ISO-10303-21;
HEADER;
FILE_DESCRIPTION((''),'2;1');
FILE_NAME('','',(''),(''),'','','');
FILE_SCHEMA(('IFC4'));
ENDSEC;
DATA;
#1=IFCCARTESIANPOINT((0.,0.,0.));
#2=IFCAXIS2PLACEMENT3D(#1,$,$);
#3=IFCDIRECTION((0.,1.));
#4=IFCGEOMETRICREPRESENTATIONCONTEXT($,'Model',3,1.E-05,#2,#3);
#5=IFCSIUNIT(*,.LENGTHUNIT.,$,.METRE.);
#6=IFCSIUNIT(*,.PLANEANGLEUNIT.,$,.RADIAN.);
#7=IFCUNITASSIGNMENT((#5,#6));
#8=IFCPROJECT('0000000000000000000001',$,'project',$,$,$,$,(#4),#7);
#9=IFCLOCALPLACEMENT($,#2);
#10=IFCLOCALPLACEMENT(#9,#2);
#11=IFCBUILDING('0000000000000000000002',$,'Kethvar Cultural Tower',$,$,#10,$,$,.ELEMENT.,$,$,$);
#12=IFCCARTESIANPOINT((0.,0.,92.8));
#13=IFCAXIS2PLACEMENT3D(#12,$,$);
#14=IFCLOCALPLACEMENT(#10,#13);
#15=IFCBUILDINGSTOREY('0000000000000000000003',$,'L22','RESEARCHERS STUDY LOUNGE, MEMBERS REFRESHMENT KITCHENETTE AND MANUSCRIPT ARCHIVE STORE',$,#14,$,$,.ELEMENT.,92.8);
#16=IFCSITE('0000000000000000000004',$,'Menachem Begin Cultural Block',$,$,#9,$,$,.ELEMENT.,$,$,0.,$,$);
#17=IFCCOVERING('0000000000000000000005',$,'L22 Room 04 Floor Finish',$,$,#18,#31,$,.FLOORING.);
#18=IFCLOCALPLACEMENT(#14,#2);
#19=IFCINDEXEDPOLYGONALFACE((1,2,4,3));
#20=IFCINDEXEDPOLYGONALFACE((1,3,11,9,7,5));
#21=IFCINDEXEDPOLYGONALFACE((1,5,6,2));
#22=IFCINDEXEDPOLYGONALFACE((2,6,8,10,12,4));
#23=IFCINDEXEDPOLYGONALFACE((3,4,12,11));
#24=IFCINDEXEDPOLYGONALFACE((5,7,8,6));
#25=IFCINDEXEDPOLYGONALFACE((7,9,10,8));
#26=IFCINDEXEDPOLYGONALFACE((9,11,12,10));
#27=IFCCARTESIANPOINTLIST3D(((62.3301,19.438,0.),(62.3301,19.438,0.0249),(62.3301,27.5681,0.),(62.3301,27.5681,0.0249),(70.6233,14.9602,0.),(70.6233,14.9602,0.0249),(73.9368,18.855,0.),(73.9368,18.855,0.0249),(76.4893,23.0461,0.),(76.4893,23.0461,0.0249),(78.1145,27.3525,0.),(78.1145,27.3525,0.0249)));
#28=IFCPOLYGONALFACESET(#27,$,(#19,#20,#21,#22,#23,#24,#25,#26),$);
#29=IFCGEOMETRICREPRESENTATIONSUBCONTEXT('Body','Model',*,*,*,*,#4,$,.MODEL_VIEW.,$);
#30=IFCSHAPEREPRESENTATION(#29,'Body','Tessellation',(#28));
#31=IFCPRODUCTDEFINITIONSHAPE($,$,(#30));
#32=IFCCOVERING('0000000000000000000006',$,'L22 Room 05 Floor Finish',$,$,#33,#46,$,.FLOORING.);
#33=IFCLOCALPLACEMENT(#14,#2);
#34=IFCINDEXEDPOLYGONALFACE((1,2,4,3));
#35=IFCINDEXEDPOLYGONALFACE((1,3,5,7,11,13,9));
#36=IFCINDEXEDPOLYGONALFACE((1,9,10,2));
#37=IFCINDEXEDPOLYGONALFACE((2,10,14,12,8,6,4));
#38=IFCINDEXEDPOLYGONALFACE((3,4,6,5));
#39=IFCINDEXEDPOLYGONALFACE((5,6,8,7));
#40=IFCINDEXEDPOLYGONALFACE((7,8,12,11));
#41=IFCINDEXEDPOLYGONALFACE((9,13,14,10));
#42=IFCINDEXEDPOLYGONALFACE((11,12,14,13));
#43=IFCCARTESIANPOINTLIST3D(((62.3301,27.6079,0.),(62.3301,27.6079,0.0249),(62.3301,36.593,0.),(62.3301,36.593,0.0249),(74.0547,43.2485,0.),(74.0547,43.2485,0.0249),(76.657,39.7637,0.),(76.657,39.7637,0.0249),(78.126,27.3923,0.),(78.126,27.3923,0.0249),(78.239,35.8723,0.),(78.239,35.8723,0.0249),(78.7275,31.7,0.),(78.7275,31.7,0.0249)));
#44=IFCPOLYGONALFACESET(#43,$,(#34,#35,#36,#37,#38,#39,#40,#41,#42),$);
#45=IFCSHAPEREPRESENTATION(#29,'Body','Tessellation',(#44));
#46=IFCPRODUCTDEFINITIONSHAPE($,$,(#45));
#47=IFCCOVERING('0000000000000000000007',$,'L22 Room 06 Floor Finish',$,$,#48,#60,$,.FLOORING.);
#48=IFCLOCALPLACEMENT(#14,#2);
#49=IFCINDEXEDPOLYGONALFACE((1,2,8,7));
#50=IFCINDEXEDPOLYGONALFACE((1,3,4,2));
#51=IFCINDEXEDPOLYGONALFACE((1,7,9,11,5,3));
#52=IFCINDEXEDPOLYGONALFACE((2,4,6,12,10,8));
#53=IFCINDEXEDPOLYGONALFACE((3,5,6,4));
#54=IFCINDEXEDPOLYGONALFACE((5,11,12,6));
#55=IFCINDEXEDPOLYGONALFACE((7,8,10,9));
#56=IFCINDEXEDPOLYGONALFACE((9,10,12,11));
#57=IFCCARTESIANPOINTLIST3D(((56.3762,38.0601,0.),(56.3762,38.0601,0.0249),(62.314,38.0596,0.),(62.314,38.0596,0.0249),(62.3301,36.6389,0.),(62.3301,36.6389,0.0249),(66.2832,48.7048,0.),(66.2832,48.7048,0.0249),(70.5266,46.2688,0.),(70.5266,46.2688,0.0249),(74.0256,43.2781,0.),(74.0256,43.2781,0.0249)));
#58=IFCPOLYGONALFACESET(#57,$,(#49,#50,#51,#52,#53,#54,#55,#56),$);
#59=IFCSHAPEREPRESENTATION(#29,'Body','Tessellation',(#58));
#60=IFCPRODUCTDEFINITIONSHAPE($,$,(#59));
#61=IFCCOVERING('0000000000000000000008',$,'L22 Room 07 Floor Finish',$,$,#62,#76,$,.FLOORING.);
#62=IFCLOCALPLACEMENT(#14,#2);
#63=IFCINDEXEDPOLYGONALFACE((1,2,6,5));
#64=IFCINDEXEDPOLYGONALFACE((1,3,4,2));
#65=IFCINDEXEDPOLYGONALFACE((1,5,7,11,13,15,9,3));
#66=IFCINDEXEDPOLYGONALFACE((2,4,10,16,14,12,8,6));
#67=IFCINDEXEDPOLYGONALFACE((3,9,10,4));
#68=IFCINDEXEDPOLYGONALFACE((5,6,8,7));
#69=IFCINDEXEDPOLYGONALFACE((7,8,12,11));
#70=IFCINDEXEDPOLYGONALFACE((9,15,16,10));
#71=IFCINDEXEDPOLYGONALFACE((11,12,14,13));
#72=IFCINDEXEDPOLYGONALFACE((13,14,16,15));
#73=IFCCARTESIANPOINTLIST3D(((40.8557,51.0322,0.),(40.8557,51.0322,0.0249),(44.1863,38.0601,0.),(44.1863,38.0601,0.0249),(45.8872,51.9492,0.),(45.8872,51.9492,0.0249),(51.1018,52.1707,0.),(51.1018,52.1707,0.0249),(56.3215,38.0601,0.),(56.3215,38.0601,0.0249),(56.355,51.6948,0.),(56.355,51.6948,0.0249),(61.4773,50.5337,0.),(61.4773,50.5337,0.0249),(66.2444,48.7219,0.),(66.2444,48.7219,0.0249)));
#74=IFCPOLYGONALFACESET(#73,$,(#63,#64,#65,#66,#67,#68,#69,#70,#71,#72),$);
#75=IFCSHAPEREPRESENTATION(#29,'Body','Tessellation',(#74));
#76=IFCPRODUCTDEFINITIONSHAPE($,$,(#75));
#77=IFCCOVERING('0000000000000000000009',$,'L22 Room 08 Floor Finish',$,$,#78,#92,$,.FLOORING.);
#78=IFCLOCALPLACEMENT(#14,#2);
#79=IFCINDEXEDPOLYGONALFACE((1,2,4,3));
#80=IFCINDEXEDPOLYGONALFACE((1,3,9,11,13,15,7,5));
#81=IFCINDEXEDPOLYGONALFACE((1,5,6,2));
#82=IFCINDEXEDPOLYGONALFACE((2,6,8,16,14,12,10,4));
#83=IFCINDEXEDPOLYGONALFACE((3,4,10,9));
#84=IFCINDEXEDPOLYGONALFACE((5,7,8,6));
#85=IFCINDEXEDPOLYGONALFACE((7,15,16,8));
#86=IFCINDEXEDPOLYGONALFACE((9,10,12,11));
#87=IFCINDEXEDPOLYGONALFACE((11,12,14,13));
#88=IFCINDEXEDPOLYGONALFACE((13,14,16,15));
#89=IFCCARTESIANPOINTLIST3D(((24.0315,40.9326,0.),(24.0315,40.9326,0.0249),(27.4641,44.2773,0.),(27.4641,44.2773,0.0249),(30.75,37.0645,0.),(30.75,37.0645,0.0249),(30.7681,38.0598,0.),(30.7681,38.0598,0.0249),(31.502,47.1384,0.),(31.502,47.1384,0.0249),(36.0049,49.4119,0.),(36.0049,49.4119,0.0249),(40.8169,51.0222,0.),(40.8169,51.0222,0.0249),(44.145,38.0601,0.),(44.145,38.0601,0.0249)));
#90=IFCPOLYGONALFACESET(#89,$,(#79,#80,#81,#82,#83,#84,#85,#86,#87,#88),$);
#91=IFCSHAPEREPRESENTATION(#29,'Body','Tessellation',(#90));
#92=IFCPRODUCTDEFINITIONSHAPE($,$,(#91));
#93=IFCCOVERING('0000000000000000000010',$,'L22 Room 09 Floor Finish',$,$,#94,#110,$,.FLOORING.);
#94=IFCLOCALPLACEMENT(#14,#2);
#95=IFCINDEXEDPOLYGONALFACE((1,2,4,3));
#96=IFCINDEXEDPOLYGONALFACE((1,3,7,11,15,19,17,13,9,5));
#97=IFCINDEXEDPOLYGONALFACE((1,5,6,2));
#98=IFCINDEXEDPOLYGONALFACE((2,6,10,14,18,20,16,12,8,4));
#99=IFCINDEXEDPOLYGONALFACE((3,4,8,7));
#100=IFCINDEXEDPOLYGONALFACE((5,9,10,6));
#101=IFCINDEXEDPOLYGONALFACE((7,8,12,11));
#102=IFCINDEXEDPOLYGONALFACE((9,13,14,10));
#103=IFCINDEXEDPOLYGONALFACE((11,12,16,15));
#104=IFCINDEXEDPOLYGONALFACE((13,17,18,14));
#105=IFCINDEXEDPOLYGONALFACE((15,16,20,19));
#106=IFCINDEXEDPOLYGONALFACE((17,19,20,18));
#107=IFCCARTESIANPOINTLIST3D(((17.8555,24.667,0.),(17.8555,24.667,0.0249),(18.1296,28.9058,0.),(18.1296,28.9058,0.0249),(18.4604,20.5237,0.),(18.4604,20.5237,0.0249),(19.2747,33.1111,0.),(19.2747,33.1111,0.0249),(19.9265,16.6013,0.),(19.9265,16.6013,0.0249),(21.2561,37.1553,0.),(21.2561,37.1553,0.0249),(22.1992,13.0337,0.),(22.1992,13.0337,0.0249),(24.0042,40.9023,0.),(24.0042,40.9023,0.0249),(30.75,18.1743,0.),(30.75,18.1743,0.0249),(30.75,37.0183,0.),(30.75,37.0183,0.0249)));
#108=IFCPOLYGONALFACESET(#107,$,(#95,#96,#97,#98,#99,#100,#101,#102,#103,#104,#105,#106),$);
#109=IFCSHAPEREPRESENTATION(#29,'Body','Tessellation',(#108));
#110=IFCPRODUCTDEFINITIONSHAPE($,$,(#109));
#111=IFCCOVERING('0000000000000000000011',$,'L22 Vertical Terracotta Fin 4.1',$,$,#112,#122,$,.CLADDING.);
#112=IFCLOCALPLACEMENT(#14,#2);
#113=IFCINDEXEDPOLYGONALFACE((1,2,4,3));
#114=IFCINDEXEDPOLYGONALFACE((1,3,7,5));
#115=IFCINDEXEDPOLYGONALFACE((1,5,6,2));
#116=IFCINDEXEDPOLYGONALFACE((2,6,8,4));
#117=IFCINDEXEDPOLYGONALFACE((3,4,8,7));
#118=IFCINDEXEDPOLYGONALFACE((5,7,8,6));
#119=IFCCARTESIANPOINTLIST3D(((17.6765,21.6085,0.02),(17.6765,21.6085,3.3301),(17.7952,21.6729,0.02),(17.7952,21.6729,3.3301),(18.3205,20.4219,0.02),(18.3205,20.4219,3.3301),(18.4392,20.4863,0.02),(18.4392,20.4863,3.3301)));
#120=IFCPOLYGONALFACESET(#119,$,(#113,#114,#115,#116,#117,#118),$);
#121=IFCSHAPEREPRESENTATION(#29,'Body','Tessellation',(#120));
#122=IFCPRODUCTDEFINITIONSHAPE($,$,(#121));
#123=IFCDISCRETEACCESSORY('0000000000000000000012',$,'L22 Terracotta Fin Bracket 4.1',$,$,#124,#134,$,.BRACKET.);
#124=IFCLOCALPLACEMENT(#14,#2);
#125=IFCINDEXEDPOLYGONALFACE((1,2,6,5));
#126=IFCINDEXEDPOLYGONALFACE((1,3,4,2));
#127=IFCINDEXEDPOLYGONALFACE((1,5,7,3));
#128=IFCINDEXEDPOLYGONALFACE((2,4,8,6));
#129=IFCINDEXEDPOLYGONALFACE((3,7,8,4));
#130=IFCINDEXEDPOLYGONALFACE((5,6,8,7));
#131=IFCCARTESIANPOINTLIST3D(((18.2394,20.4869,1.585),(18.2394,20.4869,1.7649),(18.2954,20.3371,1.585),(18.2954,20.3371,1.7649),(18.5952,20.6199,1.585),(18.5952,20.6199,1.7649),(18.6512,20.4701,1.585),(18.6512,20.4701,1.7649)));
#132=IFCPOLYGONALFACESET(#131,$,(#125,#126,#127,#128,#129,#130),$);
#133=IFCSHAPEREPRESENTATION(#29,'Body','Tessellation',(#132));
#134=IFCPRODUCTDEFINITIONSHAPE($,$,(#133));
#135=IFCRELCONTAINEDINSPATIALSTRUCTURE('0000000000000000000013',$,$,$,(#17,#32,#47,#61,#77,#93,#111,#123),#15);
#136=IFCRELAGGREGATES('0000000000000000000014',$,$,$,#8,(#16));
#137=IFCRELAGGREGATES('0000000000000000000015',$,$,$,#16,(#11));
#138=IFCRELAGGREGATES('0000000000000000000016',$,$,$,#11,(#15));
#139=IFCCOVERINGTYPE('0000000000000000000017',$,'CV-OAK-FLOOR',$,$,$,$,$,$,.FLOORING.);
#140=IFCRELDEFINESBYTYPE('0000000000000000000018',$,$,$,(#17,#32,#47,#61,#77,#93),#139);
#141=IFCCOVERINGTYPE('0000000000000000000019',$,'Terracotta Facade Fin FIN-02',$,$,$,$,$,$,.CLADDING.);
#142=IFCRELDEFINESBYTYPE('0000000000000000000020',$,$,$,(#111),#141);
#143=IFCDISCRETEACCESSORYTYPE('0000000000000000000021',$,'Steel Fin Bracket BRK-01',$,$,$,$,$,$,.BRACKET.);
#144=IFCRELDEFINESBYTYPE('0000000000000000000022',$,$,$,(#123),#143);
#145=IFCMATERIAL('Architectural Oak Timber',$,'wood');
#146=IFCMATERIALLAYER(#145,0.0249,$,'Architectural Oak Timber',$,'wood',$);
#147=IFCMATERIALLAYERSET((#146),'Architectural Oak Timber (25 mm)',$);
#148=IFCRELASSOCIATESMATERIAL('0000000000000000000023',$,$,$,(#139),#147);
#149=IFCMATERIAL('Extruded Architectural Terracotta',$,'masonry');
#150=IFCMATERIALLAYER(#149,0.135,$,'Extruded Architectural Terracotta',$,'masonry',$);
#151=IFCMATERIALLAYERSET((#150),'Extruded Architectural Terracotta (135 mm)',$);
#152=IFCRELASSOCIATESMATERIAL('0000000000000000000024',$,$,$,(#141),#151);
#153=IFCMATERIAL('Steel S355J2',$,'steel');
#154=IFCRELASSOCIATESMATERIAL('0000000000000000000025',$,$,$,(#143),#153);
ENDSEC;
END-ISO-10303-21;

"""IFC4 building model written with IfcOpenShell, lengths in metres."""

from ifc_helpers import new_model, si_unit, direction, frame, origin, origin_2d, place, context, subcontext, project, spatial, polyline, rectangle, outline, extrude, source, transform, mapped, material, layer, layer_set, type_object, element, save


model = new_model("IFC4")

# Units and contexts
model_context = context("Model", 3, precision=1e-05, world=origin(), true_north=direction((0.0, 1.0)))
body_context = subcontext(model_context, "Body", "Model", "MODEL_VIEW")
ifc_project = project(units=[si_unit("LENGTHUNIT", "METRE"), si_unit("PLANEANGLEUNIT", "RADIAN")], contexts=[model_context])

# Site, building, storey
site_placement = place(None, origin())
site = spatial("IfcSite", under=ifc_project, at=site_placement, Name="Menachem Begin Cultural Block", CompositionType="ELEMENT", RefElevation=0.0)
building_placement = place(site_placement, origin())
building = spatial("IfcBuilding", under=site, at=building_placement, Name="Kethvar Cultural Tower", CompositionType="ELEMENT")
storey_placement = place(building_placement, frame((0.0, 0.0, 92.8)))
storey = spatial("IfcBuildingStorey", under=building, at=storey_placement, Name="L22", Description="RESEARCHERS STUDY LOUNGE, MEMBERS REFRESHMENT KITCHENETTE AND MANUSCRIPT ARCHIVE STORE", CompositionType="ELEMENT", Elevation=92.8)

# Coverings
ifc_material_1 = material(Name="Architectural Oak Timber", Category="wood")
ifc_layer_1 = layer(ifc_material_1, 0.0249, Name="Architectural Oak Timber", Category="wood")
ifc_layer_set_1 = layer_set([ifc_layer_1], Name="Architectural Oak Timber (25 mm)")
covering_type_1 = type_object("IfcCoveringType", Name="CV-OAK-FLOOR", PredefinedType="FLOORING", material=ifc_layer_set_1)
covering_1_placement = place(storey_placement, origin())
element("IfcCovering", 1, at=covering_1_placement, inside=storey, type_object=covering_type_1, Name="L22 Room 04 Floor Finish", PredefinedType="FLOORING", context=body_context, shape_type="SweptSolid", body=[
    extrude(outline(polyline([(76.4893, 23.0461), (73.9368, 18.855), (70.6233, 14.9602), (62.3301, 19.438), (62.3301, 27.5681), (78.1145, 27.3525), (76.4893, 23.0461)])), origin(), (0.0, 0.0, 1.0), 0.0249),
])
covering_2_placement = place(storey_placement, origin())
element("IfcCovering", 2, at=covering_2_placement, inside=storey, type_object=covering_type_1, Name="L22 Room 05 Floor Finish", PredefinedType="FLOORING", context=body_context, shape_type="SweptSolid", body=[
    extrude(outline(polyline([(78.126, 27.3923), (62.3301, 27.6079), (62.3301, 36.593), (74.0547, 43.2485), (76.657, 39.7637), (78.239, 35.8723), (78.7275, 31.7), (78.126, 27.3923)])), origin(), (0.0, 0.0, 1.0), 0.0249),
])
covering_3_placement = place(storey_placement, origin())
element("IfcCovering", 3, at=covering_3_placement, inside=storey, type_object=covering_type_1, Name="L22 Room 06 Floor Finish", PredefinedType="FLOORING", context=body_context, shape_type="SweptSolid", body=[
    extrude(outline(polyline([(70.5266, 46.2688), (74.0256, 43.2781), (62.3301, 36.6389), (62.314, 38.0596), (56.3762, 38.0601), (66.2832, 48.7048), (70.5266, 46.2688)])), origin(), (0.0, 0.0, 1.0), 0.0249),
])
covering_4_placement = place(storey_placement, origin())
element("IfcCovering", 4, at=covering_4_placement, inside=storey, type_object=covering_type_1, Name="L22 Room 07 Floor Finish", PredefinedType="FLOORING", context=body_context, shape_type="SweptSolid", body=[
    extrude(outline(polyline([(45.8872, 51.9492), (51.1018, 52.1707), (56.355, 51.6948), (61.4773, 50.5337), (66.2444, 48.7219), (56.3215, 38.0601), (44.1863, 38.0601), (40.8557, 51.0322), (45.8872, 51.9492)])), origin(), (0.0, 0.0, 1.0), 0.0249),
])
covering_5_placement = place(storey_placement, origin())
element("IfcCovering", 5, at=covering_5_placement, inside=storey, type_object=covering_type_1, Name="L22 Room 08 Floor Finish", PredefinedType="FLOORING", context=body_context, shape_type="SweptSolid", body=[
    extrude(outline(polyline([(27.4641, 44.2773), (31.502, 47.1384), (36.0049, 49.4119), (40.8169, 51.0222), (44.145, 38.0601), (30.7681, 38.0598), (30.75, 37.0645), (24.0315, 40.9326), (27.4641, 44.2773)])), origin(), (0.0, 0.0, 1.0), 0.0249),
])
covering_6_placement = place(storey_placement, origin())
element("IfcCovering", 6, at=covering_6_placement, inside=storey, type_object=covering_type_1, Name="L22 Room 09 Floor Finish", PredefinedType="FLOORING", context=body_context, shape_type="SweptSolid", body=[
    extrude(outline(polyline([(19.9265, 16.6013), (18.4604, 20.5237), (17.8555, 24.667), (18.1296, 28.9058), (19.2747, 33.1111), (21.2561, 37.1553), (24.0042, 40.9023), (30.75, 37.0183), (30.75, 18.1743), (22.1992, 13.0337), (19.9265, 16.6013)])), origin(), (0.0, 0.0, 1.0), 0.0249),
])
ifc_material_2 = material(Name="Extruded Architectural Terracotta", Category="masonry")
ifc_layer_2 = layer(ifc_material_2, 0.135, Name="Extruded Architectural Terracotta", Category="masonry")
ifc_layer_set_2 = layer_set([ifc_layer_2], Name="Extruded Architectural Terracotta (135 mm)")
covering_type_2 = type_object("IfcCoveringType", Name="Terracotta Facade Fin FIN-02", PredefinedType="CLADDING", material=ifc_layer_set_2)
shared_shape_1 = source(origin(), body_context, "Body", "SweptSolid", [
    extrude(rectangle(XDim=1.3501, YDim=0.135, at=origin_2d()), origin(), (0.0, 0.0, 1.0), 3.3101),
])
covering_7_placement = place(storey_placement, frame((18.0579, 21.0474, 0.02), z_axis=(0.0, 0.0, 1.0), x_axis=(-0.477005, 0.8789, 0.0)))
element("IfcCovering", 7, at=covering_7_placement, inside=storey, type_object=covering_type_2, Name="L22 Vertical Terracotta Fin 4.1", PredefinedType="CLADDING", context=body_context, shape_type="MappedRepresentation", body=[
    mapped(shared_shape_1, transform((0.0, 0.0, 0.0), scale=1.0)),
])

# Discrete accessory
ifc_material_3 = material(Name="Steel S355J2", Category="steel")
discrete_accessory_type = type_object("IfcDiscreteAccessoryType", Name="Steel Fin Bracket BRK-01", PredefinedType="BRACKET", material=ifc_material_3)
shared_shape_2 = source(origin(), body_context, "Body", "SweptSolid", [
    extrude(rectangle(XDim=0.3799, YDim=0.1599, at=origin_2d()), origin(), (0.0, 0.0, 1.0), 0.1799),
])
discrete_accessory_placement = place(storey_placement, frame((18.4453, 20.4785, 1.585), z_axis=(0.0, 0.0, 1.0), x_axis=(-0.936733, -0.350044, 0.0)))
element("IfcDiscreteAccessory", 8, at=discrete_accessory_placement, inside=storey, type_object=discrete_accessory_type, Name="L22 Terracotta Fin Bracket 4.1", PredefinedType="BRACKET", context=body_context, shape_type="MappedRepresentation", body=[
    mapped(shared_shape_2, transform((0.0, 0.0, 0.0), scale=1.0)),
])

save(model, "model.ifc")
